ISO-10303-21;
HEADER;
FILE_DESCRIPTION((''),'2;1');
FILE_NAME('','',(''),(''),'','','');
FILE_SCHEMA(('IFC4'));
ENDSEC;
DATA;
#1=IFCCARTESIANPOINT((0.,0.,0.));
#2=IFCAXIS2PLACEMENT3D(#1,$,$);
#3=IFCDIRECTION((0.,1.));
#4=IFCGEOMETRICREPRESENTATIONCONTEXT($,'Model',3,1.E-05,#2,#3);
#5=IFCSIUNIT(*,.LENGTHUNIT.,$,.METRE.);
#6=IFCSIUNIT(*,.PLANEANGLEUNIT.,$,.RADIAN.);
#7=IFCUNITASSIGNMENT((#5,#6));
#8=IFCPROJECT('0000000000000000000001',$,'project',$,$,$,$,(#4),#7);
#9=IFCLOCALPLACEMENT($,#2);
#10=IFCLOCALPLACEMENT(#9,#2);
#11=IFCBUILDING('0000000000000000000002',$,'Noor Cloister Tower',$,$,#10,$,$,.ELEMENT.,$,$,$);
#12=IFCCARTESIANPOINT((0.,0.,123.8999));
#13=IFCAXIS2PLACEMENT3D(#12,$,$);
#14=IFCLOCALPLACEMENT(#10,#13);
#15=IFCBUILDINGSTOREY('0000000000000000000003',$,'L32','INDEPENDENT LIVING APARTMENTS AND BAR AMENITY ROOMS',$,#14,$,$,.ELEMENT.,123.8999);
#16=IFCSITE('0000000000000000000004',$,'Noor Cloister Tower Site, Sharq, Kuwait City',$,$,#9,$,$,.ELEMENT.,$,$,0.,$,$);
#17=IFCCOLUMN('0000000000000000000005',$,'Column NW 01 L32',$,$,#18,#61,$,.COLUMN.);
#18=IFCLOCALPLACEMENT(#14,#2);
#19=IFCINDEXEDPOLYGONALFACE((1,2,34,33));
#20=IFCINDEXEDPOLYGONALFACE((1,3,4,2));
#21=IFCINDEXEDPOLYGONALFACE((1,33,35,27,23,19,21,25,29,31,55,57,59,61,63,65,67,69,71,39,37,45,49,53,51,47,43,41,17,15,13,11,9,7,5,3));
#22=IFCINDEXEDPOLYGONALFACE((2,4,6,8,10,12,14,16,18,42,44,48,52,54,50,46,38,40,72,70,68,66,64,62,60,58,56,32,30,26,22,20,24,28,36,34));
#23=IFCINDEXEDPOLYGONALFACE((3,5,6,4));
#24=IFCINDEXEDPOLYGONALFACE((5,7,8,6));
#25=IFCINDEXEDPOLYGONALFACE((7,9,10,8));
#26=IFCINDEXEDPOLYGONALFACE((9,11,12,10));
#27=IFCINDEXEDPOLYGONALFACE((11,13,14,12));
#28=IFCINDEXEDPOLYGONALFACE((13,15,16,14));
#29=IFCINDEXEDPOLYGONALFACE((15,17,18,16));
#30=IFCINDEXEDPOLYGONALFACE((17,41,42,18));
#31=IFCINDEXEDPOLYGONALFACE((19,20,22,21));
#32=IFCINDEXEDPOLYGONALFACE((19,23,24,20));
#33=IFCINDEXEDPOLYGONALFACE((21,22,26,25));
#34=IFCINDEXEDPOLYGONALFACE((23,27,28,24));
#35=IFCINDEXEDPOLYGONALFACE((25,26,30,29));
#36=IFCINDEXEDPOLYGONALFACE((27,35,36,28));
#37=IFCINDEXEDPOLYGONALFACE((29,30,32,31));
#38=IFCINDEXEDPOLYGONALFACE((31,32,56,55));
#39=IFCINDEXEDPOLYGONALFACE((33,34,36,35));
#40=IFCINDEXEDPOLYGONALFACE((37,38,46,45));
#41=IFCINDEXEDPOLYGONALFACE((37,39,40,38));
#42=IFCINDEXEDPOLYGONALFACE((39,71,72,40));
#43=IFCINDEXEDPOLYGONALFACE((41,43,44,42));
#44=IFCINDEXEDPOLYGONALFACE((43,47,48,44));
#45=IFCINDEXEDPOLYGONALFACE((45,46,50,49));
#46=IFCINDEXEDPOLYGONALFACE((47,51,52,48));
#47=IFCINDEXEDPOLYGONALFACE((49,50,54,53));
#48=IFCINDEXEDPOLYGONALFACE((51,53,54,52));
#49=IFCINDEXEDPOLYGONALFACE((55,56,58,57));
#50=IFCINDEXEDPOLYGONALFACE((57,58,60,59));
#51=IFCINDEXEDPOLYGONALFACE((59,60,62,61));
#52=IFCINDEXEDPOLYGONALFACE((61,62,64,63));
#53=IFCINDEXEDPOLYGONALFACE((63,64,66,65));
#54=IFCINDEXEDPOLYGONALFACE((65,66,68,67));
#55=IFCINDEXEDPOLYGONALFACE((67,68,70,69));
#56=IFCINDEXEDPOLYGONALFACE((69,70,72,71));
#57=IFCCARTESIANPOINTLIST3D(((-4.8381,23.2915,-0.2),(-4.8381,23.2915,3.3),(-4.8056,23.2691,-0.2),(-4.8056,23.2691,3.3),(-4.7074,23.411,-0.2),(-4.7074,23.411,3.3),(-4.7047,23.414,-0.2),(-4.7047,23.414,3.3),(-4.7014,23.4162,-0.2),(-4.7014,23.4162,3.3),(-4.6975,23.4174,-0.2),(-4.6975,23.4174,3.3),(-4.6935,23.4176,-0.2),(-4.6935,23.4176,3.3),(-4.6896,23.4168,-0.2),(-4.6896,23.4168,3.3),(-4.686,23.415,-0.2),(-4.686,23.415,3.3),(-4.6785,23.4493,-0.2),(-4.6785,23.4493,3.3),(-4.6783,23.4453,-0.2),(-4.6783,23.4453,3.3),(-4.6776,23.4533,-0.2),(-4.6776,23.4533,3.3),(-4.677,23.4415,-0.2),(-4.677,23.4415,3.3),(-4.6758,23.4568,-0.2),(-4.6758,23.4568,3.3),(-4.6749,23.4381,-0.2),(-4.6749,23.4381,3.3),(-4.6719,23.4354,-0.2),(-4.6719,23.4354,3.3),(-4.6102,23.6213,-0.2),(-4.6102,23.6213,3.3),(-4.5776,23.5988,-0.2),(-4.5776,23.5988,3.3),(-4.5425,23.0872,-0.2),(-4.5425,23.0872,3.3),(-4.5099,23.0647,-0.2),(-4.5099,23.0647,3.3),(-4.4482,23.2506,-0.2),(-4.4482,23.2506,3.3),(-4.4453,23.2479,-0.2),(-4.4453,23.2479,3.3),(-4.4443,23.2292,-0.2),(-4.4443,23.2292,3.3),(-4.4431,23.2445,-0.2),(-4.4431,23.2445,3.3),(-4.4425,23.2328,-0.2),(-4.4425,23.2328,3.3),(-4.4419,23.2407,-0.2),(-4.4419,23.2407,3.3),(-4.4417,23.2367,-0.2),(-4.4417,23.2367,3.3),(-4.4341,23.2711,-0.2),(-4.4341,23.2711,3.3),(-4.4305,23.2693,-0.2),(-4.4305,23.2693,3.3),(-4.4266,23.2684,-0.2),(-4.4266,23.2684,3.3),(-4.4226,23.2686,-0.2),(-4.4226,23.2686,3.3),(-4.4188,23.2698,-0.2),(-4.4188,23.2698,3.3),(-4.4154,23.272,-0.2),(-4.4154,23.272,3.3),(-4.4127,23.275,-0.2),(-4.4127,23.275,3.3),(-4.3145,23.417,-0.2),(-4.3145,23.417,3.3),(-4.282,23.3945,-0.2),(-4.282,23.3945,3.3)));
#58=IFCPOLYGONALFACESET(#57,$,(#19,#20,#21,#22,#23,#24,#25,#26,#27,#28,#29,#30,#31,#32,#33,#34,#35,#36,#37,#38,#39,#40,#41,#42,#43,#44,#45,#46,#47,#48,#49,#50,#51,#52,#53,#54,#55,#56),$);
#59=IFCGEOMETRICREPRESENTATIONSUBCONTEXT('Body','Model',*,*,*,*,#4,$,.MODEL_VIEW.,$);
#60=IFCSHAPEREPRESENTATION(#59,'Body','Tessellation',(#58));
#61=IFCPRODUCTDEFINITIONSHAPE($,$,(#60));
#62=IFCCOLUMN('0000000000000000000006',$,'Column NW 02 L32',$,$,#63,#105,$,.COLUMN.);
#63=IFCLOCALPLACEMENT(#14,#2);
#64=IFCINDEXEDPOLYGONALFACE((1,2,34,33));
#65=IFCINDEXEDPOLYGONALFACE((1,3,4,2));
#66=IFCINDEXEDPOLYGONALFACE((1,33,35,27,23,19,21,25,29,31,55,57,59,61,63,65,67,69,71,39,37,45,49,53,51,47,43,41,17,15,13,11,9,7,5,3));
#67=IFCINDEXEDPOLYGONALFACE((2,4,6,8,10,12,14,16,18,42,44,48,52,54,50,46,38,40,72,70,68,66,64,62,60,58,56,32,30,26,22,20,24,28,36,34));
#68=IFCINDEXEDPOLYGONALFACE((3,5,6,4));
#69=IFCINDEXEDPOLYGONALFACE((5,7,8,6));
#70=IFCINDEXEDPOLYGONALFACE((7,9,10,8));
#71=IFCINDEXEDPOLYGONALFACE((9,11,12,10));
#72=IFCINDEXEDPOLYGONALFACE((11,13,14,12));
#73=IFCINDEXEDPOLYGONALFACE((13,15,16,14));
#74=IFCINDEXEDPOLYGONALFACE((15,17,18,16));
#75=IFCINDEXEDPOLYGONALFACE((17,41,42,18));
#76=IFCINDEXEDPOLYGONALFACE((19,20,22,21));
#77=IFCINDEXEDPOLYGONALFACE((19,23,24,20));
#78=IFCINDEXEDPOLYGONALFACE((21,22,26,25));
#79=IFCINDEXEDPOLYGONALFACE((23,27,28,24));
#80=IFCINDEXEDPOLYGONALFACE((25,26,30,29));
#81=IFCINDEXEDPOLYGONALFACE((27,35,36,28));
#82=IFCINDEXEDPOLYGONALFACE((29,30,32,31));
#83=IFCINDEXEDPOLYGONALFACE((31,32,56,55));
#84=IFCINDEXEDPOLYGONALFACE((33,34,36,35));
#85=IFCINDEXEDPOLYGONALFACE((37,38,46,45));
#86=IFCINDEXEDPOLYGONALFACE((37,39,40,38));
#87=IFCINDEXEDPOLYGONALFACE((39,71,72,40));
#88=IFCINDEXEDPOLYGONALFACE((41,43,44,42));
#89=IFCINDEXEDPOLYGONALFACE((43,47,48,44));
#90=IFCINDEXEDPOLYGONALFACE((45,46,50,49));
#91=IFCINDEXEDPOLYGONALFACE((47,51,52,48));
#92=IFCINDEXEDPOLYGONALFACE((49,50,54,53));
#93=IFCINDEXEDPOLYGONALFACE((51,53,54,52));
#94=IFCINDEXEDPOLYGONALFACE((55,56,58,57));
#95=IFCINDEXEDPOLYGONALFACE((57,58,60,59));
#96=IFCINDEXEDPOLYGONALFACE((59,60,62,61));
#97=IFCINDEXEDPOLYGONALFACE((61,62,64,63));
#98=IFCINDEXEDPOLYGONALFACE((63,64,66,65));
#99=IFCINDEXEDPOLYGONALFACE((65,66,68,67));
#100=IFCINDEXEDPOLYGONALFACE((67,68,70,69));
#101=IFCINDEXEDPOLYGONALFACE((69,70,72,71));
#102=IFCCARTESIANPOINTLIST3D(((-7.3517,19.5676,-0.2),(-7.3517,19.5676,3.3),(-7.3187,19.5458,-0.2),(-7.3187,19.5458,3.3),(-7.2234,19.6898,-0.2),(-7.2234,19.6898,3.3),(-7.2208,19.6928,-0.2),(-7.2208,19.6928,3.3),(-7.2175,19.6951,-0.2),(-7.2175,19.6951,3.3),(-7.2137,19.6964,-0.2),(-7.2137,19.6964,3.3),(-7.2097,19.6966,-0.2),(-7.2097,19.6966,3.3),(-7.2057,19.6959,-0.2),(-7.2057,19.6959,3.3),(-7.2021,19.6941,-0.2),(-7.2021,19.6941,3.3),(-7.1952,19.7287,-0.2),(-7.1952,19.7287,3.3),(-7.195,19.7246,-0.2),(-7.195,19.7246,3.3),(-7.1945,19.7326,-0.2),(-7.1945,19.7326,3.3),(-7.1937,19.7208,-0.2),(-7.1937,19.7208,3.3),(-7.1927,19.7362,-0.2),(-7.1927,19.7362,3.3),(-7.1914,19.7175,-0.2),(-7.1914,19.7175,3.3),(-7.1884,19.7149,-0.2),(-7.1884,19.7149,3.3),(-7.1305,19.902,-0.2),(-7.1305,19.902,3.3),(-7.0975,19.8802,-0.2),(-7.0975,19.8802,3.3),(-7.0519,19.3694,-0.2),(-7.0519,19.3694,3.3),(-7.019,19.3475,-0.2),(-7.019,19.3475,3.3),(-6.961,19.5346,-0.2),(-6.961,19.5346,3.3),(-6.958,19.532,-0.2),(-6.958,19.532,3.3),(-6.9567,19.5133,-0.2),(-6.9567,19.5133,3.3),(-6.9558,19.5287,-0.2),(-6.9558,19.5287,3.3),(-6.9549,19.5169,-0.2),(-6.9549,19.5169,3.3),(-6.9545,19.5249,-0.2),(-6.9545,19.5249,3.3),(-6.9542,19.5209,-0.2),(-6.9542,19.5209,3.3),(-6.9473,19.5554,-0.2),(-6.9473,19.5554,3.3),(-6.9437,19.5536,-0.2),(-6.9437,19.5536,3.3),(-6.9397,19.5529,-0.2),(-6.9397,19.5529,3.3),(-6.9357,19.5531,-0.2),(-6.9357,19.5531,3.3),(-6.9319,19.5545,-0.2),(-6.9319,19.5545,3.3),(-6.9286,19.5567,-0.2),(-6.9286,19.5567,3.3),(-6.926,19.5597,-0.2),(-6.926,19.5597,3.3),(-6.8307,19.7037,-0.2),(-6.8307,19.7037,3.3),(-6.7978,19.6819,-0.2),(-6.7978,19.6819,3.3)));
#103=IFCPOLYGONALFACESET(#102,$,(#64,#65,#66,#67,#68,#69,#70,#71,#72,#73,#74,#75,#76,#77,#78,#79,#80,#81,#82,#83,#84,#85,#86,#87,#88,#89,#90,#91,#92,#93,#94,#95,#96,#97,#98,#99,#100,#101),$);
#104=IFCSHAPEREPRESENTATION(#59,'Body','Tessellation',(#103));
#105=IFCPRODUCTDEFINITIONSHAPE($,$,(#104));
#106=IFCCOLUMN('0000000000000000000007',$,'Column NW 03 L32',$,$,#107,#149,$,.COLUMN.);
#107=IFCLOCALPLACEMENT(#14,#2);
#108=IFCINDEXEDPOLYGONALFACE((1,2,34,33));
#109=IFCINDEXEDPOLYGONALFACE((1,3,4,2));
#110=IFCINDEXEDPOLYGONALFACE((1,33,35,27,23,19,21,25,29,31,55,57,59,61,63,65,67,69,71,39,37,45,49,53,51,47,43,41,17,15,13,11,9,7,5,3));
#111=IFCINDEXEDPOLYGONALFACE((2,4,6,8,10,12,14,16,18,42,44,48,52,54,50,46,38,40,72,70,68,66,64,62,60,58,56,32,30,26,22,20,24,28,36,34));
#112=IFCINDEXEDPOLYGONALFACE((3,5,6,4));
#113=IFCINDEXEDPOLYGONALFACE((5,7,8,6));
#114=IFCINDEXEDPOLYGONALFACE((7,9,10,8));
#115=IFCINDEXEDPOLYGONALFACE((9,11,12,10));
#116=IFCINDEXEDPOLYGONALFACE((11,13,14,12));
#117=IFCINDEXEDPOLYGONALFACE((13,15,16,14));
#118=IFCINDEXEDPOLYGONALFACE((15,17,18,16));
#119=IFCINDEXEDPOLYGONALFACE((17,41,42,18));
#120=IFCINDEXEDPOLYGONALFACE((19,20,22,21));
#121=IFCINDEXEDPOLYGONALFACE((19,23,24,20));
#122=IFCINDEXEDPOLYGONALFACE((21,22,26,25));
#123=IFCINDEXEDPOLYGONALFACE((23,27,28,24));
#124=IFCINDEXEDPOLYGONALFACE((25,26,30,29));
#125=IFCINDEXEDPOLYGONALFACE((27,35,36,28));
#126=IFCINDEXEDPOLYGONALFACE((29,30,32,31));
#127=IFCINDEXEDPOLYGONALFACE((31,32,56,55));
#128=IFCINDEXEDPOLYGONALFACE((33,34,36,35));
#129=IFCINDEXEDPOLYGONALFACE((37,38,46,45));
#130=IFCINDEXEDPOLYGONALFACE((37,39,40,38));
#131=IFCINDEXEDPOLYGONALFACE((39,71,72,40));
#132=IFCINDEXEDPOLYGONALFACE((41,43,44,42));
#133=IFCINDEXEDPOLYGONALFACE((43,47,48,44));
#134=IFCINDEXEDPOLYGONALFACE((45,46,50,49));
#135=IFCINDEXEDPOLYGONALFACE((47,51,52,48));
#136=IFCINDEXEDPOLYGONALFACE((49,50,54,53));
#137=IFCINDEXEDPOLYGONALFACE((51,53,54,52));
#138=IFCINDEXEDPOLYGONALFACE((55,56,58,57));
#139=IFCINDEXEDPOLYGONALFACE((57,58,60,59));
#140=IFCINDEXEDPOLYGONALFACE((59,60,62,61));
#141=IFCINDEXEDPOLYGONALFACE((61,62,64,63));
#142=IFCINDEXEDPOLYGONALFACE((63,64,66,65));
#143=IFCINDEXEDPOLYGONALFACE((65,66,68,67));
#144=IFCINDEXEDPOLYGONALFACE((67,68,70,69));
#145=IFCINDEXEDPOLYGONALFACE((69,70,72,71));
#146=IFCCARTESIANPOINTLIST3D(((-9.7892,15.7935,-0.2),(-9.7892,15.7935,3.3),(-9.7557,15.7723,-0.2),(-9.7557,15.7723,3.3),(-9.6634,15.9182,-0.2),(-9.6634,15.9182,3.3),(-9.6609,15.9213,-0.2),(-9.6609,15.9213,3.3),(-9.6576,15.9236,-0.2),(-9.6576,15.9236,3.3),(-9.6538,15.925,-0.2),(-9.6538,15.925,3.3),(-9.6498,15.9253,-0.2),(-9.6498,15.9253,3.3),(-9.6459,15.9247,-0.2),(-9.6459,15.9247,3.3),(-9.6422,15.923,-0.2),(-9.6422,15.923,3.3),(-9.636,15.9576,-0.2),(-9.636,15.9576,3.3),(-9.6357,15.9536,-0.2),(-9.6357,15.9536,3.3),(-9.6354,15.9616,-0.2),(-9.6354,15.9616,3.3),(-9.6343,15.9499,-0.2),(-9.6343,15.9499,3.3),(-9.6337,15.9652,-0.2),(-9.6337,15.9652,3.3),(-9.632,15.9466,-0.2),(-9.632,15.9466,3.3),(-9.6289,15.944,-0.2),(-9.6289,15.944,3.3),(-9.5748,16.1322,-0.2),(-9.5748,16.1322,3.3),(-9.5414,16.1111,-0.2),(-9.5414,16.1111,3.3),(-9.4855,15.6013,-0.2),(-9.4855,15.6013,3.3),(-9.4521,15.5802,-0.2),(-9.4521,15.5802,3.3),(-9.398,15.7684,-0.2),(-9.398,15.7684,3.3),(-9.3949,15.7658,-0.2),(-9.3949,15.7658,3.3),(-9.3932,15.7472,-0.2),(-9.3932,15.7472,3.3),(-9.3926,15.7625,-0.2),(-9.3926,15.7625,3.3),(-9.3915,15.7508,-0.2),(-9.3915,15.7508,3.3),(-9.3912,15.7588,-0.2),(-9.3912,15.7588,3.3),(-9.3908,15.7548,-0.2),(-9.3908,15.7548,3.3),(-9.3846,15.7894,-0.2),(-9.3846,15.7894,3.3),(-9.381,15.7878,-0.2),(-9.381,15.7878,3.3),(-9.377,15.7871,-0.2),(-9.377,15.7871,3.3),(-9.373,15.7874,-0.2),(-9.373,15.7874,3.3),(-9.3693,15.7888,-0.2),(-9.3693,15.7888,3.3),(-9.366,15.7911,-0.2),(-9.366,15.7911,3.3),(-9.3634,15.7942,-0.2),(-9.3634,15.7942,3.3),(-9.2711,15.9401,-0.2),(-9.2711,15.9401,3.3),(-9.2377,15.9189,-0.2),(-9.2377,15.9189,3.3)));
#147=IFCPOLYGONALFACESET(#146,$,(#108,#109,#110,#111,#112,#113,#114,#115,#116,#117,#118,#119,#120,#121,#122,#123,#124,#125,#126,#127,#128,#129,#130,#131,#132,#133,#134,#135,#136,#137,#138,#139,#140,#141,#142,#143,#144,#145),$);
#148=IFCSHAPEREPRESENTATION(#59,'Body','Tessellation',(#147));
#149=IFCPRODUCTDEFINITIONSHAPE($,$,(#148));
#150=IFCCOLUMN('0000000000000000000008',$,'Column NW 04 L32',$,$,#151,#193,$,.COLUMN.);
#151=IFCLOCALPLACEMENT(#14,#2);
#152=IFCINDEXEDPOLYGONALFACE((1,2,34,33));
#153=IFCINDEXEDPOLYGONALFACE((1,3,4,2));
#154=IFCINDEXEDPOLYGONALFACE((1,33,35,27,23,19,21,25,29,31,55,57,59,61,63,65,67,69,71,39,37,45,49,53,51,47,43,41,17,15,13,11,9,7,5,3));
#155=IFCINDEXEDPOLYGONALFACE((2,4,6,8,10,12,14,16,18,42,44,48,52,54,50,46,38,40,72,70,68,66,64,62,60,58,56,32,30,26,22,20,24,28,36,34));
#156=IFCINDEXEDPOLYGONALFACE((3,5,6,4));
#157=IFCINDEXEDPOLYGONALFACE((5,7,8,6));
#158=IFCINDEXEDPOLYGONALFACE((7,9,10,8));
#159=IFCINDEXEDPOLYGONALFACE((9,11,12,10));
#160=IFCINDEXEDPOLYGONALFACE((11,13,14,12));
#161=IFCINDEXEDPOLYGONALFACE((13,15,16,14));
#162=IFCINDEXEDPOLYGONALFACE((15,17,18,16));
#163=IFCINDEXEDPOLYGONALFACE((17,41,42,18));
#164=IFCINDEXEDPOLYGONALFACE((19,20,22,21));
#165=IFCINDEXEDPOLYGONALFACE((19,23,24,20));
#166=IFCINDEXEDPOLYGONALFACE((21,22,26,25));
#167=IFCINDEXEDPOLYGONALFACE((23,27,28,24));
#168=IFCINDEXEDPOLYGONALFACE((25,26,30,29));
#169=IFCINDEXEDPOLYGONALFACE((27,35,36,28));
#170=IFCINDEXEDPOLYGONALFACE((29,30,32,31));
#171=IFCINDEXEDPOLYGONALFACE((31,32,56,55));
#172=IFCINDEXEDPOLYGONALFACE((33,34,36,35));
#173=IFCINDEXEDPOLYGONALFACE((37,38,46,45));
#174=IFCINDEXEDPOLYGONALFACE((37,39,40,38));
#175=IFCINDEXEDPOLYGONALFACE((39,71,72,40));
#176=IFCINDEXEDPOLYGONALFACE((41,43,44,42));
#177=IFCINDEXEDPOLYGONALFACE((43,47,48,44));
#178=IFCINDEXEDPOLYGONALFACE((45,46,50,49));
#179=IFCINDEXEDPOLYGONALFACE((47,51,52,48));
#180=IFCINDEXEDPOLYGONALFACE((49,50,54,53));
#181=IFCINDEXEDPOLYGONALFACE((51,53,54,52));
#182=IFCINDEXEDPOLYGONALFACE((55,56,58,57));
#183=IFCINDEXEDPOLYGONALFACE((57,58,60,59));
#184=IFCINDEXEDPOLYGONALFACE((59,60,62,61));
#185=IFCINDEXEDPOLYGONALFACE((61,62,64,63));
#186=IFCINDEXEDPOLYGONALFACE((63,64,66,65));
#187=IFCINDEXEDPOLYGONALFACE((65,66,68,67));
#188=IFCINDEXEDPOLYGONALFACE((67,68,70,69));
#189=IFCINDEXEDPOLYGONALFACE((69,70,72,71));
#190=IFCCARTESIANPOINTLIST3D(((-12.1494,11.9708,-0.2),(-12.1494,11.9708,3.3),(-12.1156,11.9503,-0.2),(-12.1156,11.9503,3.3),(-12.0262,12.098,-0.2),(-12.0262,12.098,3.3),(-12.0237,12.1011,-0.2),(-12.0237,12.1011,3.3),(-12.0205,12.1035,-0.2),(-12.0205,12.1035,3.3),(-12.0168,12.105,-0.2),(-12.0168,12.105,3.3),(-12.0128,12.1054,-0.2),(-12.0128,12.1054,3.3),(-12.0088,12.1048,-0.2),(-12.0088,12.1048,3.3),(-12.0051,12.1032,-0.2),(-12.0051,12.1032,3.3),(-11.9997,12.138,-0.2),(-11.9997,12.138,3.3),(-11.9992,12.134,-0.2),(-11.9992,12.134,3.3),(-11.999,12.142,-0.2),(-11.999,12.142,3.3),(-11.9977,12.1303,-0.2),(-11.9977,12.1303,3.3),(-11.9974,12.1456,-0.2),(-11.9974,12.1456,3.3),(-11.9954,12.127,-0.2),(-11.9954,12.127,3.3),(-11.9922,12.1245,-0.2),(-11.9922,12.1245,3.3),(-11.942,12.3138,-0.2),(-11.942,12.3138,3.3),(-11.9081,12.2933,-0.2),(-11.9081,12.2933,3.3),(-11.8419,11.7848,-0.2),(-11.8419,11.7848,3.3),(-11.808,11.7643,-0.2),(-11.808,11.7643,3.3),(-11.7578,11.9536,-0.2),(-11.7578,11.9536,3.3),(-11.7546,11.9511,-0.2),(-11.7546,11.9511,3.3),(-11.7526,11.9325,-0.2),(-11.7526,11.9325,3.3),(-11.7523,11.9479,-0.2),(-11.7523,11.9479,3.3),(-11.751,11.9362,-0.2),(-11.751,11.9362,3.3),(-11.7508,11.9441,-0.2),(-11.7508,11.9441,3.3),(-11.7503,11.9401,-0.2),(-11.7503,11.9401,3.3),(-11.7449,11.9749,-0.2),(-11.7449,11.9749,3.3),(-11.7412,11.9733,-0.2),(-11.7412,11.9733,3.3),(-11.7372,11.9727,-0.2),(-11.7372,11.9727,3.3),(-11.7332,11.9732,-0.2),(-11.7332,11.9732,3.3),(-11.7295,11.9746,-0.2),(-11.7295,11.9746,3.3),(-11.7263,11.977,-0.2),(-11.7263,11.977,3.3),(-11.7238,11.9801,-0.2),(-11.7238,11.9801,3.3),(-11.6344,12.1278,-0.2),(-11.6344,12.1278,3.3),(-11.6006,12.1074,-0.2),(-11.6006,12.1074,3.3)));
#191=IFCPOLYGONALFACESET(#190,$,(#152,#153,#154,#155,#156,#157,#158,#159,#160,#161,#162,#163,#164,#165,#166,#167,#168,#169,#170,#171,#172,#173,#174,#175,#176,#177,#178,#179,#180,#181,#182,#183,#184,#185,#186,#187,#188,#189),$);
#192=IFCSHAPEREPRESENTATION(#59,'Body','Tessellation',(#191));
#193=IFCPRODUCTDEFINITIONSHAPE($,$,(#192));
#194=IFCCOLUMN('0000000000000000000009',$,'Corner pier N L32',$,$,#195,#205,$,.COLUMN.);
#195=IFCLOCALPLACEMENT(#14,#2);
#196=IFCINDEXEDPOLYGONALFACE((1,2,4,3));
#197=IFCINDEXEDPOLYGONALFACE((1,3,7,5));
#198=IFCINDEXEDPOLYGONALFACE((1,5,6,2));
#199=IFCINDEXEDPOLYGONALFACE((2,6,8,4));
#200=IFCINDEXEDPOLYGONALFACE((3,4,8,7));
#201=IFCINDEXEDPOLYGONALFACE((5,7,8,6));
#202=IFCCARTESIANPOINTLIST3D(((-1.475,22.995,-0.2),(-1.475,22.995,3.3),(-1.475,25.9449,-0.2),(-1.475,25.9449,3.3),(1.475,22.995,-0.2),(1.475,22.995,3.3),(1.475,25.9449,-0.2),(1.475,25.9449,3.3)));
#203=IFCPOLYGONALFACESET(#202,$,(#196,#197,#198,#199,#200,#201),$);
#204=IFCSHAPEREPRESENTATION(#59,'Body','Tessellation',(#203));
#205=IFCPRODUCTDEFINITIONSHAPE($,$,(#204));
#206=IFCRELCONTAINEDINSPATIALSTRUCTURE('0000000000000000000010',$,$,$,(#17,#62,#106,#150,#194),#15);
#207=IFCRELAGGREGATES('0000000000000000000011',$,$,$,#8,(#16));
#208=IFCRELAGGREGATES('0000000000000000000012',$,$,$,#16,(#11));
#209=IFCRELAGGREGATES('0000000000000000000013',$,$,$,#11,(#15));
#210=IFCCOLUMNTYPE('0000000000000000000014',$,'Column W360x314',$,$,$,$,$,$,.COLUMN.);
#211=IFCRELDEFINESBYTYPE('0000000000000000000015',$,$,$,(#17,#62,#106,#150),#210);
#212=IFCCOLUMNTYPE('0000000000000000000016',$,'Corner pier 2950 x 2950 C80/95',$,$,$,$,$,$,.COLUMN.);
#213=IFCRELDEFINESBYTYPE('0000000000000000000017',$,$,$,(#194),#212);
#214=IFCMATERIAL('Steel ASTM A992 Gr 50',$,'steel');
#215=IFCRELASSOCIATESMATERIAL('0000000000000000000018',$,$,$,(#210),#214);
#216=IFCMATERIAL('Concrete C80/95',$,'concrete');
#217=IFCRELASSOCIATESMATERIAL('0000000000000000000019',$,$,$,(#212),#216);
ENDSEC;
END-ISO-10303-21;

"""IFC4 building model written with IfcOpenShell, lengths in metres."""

from ifc_helpers import new_model, si_unit, direction, frame, origin, origin_2d, place, context, subcontext, project, spatial, rectangle, i_section, extrude, material, material_profile, profile_set, type_object, element, save


model = new_model("IFC4")

# Units and contexts
model_context = context("Model", 3, precision=1e-05, world=origin(), true_north=direction((0.0, 1.0)))
body_context = subcontext(model_context, "Body", "Model", "MODEL_VIEW")
ifc_project = project(units=[si_unit("LENGTHUNIT", "METRE"), si_unit("PLANEANGLEUNIT", "RADIAN")], contexts=[model_context])

# Site, building, storey
site_placement = place(None, origin())
site = spatial("IfcSite", under=ifc_project, at=site_placement, Name="Noor Cloister Tower Site, Sharq, Kuwait City", CompositionType="ELEMENT", RefElevation=0.0)
building_placement = place(site_placement, origin())
building = spatial("IfcBuilding", under=site, at=building_placement, Name="Noor Cloister Tower", CompositionType="ELEMENT")
storey_placement = place(building_placement, frame((0.0, 0.0, 123.8999)))
storey = spatial("IfcBuildingStorey", under=building, at=storey_placement, Name="L32", Description="INDEPENDENT LIVING APARTMENTS AND BAR AMENITY ROOMS", CompositionType="ELEMENT", Elevation=123.8999)

# Columns
ifc_material_1 = material(Name="Steel ASTM A992 Gr 50", Category="steel")
ifc_material_profile_1 = material_profile(ifc_material_1, i_section(OverallWidth=0.4009, OverallDepth=0.3989, WebThickness=0.0249, FlangeThickness=0.0396, FilletRadius=0.0154, at=origin_2d()), Name="W360x314")
ifc_profile_set_1 = profile_set([ifc_material_profile_1], Name="Steel ASTM A992 Gr 50")
column_type_1 = type_object("IfcColumnType", Name="Column W360x314", PredefinedType="COLUMN", material=ifc_profile_set_1)
for number, where, z_axis, x_axis, name in (
    (1, (-4.5601, 23.343, -0.2), (0.0, 0.0, 1.0), (-0.568579, -0.822628, 0.0), "Column NW 01 L32"),
    (2, (-7.0747, 19.6248, -0.2), (0.0, 0.0, 1.0), (-0.551768, -0.833997, 0.0), "Column NW 02 L32"),
    (3, (-9.5134, 15.8562, -0.2), (0.0, 0.0, 1.0), (-0.53473, -0.845023, 0.0), "Column NW 03 L32"),
    (4, (-11.875, 12.0391, -0.2), (0.0, 0.0, 1.0), (-0.517472, -0.8557, 0.0), "Column NW 04 L32"),
):
    element("IfcColumn", number, at=place(storey_placement, frame(where, z_axis=z_axis, x_axis=x_axis)), inside=storey, type_object=column_type_1, Name=name, PredefinedType="COLUMN", context=body_context, shape_type="SweptSolid", body=[
        extrude(i_section(OverallWidth=0.4009, OverallDepth=0.3989, WebThickness=0.0249, FlangeThickness=0.0396, FilletRadius=0.0154, at=origin_2d()), origin(), (0.0, 0.0, 1.0), 3.5),
    ])
ifc_material_2 = material(Name="Concrete C80/95", Category="concrete")
ifc_material_profile_2 = material_profile(ifc_material_2, rectangle(XDim=2.95, YDim=2.95, at=origin_2d()), Name="RC 2950x2950")
ifc_profile_set_2 = profile_set([ifc_material_profile_2], Name="Concrete C80/95")
column_type_2 = type_object("IfcColumnType", Name="Corner pier 2950 x 2950 C80/95", PredefinedType="COLUMN", material=ifc_profile_set_2)
column_placement = place(storey_placement, frame((0.0, 24.47, -0.2), z_axis=(0.0, 0.0, 1.0), x_axis=(0.0, 1.0, 0.0)))
element("IfcColumn", 5, at=column_placement, inside=storey, type_object=column_type_2, Name="Corner pier N L32", PredefinedType="COLUMN", context=body_context, shape_type="SweptSolid", body=[
    extrude(rectangle(XDim=2.95, YDim=2.95, at=origin_2d()), origin(), (0.0, 0.0, 1.0), 3.5),
])

save(model, "model.ifc")
